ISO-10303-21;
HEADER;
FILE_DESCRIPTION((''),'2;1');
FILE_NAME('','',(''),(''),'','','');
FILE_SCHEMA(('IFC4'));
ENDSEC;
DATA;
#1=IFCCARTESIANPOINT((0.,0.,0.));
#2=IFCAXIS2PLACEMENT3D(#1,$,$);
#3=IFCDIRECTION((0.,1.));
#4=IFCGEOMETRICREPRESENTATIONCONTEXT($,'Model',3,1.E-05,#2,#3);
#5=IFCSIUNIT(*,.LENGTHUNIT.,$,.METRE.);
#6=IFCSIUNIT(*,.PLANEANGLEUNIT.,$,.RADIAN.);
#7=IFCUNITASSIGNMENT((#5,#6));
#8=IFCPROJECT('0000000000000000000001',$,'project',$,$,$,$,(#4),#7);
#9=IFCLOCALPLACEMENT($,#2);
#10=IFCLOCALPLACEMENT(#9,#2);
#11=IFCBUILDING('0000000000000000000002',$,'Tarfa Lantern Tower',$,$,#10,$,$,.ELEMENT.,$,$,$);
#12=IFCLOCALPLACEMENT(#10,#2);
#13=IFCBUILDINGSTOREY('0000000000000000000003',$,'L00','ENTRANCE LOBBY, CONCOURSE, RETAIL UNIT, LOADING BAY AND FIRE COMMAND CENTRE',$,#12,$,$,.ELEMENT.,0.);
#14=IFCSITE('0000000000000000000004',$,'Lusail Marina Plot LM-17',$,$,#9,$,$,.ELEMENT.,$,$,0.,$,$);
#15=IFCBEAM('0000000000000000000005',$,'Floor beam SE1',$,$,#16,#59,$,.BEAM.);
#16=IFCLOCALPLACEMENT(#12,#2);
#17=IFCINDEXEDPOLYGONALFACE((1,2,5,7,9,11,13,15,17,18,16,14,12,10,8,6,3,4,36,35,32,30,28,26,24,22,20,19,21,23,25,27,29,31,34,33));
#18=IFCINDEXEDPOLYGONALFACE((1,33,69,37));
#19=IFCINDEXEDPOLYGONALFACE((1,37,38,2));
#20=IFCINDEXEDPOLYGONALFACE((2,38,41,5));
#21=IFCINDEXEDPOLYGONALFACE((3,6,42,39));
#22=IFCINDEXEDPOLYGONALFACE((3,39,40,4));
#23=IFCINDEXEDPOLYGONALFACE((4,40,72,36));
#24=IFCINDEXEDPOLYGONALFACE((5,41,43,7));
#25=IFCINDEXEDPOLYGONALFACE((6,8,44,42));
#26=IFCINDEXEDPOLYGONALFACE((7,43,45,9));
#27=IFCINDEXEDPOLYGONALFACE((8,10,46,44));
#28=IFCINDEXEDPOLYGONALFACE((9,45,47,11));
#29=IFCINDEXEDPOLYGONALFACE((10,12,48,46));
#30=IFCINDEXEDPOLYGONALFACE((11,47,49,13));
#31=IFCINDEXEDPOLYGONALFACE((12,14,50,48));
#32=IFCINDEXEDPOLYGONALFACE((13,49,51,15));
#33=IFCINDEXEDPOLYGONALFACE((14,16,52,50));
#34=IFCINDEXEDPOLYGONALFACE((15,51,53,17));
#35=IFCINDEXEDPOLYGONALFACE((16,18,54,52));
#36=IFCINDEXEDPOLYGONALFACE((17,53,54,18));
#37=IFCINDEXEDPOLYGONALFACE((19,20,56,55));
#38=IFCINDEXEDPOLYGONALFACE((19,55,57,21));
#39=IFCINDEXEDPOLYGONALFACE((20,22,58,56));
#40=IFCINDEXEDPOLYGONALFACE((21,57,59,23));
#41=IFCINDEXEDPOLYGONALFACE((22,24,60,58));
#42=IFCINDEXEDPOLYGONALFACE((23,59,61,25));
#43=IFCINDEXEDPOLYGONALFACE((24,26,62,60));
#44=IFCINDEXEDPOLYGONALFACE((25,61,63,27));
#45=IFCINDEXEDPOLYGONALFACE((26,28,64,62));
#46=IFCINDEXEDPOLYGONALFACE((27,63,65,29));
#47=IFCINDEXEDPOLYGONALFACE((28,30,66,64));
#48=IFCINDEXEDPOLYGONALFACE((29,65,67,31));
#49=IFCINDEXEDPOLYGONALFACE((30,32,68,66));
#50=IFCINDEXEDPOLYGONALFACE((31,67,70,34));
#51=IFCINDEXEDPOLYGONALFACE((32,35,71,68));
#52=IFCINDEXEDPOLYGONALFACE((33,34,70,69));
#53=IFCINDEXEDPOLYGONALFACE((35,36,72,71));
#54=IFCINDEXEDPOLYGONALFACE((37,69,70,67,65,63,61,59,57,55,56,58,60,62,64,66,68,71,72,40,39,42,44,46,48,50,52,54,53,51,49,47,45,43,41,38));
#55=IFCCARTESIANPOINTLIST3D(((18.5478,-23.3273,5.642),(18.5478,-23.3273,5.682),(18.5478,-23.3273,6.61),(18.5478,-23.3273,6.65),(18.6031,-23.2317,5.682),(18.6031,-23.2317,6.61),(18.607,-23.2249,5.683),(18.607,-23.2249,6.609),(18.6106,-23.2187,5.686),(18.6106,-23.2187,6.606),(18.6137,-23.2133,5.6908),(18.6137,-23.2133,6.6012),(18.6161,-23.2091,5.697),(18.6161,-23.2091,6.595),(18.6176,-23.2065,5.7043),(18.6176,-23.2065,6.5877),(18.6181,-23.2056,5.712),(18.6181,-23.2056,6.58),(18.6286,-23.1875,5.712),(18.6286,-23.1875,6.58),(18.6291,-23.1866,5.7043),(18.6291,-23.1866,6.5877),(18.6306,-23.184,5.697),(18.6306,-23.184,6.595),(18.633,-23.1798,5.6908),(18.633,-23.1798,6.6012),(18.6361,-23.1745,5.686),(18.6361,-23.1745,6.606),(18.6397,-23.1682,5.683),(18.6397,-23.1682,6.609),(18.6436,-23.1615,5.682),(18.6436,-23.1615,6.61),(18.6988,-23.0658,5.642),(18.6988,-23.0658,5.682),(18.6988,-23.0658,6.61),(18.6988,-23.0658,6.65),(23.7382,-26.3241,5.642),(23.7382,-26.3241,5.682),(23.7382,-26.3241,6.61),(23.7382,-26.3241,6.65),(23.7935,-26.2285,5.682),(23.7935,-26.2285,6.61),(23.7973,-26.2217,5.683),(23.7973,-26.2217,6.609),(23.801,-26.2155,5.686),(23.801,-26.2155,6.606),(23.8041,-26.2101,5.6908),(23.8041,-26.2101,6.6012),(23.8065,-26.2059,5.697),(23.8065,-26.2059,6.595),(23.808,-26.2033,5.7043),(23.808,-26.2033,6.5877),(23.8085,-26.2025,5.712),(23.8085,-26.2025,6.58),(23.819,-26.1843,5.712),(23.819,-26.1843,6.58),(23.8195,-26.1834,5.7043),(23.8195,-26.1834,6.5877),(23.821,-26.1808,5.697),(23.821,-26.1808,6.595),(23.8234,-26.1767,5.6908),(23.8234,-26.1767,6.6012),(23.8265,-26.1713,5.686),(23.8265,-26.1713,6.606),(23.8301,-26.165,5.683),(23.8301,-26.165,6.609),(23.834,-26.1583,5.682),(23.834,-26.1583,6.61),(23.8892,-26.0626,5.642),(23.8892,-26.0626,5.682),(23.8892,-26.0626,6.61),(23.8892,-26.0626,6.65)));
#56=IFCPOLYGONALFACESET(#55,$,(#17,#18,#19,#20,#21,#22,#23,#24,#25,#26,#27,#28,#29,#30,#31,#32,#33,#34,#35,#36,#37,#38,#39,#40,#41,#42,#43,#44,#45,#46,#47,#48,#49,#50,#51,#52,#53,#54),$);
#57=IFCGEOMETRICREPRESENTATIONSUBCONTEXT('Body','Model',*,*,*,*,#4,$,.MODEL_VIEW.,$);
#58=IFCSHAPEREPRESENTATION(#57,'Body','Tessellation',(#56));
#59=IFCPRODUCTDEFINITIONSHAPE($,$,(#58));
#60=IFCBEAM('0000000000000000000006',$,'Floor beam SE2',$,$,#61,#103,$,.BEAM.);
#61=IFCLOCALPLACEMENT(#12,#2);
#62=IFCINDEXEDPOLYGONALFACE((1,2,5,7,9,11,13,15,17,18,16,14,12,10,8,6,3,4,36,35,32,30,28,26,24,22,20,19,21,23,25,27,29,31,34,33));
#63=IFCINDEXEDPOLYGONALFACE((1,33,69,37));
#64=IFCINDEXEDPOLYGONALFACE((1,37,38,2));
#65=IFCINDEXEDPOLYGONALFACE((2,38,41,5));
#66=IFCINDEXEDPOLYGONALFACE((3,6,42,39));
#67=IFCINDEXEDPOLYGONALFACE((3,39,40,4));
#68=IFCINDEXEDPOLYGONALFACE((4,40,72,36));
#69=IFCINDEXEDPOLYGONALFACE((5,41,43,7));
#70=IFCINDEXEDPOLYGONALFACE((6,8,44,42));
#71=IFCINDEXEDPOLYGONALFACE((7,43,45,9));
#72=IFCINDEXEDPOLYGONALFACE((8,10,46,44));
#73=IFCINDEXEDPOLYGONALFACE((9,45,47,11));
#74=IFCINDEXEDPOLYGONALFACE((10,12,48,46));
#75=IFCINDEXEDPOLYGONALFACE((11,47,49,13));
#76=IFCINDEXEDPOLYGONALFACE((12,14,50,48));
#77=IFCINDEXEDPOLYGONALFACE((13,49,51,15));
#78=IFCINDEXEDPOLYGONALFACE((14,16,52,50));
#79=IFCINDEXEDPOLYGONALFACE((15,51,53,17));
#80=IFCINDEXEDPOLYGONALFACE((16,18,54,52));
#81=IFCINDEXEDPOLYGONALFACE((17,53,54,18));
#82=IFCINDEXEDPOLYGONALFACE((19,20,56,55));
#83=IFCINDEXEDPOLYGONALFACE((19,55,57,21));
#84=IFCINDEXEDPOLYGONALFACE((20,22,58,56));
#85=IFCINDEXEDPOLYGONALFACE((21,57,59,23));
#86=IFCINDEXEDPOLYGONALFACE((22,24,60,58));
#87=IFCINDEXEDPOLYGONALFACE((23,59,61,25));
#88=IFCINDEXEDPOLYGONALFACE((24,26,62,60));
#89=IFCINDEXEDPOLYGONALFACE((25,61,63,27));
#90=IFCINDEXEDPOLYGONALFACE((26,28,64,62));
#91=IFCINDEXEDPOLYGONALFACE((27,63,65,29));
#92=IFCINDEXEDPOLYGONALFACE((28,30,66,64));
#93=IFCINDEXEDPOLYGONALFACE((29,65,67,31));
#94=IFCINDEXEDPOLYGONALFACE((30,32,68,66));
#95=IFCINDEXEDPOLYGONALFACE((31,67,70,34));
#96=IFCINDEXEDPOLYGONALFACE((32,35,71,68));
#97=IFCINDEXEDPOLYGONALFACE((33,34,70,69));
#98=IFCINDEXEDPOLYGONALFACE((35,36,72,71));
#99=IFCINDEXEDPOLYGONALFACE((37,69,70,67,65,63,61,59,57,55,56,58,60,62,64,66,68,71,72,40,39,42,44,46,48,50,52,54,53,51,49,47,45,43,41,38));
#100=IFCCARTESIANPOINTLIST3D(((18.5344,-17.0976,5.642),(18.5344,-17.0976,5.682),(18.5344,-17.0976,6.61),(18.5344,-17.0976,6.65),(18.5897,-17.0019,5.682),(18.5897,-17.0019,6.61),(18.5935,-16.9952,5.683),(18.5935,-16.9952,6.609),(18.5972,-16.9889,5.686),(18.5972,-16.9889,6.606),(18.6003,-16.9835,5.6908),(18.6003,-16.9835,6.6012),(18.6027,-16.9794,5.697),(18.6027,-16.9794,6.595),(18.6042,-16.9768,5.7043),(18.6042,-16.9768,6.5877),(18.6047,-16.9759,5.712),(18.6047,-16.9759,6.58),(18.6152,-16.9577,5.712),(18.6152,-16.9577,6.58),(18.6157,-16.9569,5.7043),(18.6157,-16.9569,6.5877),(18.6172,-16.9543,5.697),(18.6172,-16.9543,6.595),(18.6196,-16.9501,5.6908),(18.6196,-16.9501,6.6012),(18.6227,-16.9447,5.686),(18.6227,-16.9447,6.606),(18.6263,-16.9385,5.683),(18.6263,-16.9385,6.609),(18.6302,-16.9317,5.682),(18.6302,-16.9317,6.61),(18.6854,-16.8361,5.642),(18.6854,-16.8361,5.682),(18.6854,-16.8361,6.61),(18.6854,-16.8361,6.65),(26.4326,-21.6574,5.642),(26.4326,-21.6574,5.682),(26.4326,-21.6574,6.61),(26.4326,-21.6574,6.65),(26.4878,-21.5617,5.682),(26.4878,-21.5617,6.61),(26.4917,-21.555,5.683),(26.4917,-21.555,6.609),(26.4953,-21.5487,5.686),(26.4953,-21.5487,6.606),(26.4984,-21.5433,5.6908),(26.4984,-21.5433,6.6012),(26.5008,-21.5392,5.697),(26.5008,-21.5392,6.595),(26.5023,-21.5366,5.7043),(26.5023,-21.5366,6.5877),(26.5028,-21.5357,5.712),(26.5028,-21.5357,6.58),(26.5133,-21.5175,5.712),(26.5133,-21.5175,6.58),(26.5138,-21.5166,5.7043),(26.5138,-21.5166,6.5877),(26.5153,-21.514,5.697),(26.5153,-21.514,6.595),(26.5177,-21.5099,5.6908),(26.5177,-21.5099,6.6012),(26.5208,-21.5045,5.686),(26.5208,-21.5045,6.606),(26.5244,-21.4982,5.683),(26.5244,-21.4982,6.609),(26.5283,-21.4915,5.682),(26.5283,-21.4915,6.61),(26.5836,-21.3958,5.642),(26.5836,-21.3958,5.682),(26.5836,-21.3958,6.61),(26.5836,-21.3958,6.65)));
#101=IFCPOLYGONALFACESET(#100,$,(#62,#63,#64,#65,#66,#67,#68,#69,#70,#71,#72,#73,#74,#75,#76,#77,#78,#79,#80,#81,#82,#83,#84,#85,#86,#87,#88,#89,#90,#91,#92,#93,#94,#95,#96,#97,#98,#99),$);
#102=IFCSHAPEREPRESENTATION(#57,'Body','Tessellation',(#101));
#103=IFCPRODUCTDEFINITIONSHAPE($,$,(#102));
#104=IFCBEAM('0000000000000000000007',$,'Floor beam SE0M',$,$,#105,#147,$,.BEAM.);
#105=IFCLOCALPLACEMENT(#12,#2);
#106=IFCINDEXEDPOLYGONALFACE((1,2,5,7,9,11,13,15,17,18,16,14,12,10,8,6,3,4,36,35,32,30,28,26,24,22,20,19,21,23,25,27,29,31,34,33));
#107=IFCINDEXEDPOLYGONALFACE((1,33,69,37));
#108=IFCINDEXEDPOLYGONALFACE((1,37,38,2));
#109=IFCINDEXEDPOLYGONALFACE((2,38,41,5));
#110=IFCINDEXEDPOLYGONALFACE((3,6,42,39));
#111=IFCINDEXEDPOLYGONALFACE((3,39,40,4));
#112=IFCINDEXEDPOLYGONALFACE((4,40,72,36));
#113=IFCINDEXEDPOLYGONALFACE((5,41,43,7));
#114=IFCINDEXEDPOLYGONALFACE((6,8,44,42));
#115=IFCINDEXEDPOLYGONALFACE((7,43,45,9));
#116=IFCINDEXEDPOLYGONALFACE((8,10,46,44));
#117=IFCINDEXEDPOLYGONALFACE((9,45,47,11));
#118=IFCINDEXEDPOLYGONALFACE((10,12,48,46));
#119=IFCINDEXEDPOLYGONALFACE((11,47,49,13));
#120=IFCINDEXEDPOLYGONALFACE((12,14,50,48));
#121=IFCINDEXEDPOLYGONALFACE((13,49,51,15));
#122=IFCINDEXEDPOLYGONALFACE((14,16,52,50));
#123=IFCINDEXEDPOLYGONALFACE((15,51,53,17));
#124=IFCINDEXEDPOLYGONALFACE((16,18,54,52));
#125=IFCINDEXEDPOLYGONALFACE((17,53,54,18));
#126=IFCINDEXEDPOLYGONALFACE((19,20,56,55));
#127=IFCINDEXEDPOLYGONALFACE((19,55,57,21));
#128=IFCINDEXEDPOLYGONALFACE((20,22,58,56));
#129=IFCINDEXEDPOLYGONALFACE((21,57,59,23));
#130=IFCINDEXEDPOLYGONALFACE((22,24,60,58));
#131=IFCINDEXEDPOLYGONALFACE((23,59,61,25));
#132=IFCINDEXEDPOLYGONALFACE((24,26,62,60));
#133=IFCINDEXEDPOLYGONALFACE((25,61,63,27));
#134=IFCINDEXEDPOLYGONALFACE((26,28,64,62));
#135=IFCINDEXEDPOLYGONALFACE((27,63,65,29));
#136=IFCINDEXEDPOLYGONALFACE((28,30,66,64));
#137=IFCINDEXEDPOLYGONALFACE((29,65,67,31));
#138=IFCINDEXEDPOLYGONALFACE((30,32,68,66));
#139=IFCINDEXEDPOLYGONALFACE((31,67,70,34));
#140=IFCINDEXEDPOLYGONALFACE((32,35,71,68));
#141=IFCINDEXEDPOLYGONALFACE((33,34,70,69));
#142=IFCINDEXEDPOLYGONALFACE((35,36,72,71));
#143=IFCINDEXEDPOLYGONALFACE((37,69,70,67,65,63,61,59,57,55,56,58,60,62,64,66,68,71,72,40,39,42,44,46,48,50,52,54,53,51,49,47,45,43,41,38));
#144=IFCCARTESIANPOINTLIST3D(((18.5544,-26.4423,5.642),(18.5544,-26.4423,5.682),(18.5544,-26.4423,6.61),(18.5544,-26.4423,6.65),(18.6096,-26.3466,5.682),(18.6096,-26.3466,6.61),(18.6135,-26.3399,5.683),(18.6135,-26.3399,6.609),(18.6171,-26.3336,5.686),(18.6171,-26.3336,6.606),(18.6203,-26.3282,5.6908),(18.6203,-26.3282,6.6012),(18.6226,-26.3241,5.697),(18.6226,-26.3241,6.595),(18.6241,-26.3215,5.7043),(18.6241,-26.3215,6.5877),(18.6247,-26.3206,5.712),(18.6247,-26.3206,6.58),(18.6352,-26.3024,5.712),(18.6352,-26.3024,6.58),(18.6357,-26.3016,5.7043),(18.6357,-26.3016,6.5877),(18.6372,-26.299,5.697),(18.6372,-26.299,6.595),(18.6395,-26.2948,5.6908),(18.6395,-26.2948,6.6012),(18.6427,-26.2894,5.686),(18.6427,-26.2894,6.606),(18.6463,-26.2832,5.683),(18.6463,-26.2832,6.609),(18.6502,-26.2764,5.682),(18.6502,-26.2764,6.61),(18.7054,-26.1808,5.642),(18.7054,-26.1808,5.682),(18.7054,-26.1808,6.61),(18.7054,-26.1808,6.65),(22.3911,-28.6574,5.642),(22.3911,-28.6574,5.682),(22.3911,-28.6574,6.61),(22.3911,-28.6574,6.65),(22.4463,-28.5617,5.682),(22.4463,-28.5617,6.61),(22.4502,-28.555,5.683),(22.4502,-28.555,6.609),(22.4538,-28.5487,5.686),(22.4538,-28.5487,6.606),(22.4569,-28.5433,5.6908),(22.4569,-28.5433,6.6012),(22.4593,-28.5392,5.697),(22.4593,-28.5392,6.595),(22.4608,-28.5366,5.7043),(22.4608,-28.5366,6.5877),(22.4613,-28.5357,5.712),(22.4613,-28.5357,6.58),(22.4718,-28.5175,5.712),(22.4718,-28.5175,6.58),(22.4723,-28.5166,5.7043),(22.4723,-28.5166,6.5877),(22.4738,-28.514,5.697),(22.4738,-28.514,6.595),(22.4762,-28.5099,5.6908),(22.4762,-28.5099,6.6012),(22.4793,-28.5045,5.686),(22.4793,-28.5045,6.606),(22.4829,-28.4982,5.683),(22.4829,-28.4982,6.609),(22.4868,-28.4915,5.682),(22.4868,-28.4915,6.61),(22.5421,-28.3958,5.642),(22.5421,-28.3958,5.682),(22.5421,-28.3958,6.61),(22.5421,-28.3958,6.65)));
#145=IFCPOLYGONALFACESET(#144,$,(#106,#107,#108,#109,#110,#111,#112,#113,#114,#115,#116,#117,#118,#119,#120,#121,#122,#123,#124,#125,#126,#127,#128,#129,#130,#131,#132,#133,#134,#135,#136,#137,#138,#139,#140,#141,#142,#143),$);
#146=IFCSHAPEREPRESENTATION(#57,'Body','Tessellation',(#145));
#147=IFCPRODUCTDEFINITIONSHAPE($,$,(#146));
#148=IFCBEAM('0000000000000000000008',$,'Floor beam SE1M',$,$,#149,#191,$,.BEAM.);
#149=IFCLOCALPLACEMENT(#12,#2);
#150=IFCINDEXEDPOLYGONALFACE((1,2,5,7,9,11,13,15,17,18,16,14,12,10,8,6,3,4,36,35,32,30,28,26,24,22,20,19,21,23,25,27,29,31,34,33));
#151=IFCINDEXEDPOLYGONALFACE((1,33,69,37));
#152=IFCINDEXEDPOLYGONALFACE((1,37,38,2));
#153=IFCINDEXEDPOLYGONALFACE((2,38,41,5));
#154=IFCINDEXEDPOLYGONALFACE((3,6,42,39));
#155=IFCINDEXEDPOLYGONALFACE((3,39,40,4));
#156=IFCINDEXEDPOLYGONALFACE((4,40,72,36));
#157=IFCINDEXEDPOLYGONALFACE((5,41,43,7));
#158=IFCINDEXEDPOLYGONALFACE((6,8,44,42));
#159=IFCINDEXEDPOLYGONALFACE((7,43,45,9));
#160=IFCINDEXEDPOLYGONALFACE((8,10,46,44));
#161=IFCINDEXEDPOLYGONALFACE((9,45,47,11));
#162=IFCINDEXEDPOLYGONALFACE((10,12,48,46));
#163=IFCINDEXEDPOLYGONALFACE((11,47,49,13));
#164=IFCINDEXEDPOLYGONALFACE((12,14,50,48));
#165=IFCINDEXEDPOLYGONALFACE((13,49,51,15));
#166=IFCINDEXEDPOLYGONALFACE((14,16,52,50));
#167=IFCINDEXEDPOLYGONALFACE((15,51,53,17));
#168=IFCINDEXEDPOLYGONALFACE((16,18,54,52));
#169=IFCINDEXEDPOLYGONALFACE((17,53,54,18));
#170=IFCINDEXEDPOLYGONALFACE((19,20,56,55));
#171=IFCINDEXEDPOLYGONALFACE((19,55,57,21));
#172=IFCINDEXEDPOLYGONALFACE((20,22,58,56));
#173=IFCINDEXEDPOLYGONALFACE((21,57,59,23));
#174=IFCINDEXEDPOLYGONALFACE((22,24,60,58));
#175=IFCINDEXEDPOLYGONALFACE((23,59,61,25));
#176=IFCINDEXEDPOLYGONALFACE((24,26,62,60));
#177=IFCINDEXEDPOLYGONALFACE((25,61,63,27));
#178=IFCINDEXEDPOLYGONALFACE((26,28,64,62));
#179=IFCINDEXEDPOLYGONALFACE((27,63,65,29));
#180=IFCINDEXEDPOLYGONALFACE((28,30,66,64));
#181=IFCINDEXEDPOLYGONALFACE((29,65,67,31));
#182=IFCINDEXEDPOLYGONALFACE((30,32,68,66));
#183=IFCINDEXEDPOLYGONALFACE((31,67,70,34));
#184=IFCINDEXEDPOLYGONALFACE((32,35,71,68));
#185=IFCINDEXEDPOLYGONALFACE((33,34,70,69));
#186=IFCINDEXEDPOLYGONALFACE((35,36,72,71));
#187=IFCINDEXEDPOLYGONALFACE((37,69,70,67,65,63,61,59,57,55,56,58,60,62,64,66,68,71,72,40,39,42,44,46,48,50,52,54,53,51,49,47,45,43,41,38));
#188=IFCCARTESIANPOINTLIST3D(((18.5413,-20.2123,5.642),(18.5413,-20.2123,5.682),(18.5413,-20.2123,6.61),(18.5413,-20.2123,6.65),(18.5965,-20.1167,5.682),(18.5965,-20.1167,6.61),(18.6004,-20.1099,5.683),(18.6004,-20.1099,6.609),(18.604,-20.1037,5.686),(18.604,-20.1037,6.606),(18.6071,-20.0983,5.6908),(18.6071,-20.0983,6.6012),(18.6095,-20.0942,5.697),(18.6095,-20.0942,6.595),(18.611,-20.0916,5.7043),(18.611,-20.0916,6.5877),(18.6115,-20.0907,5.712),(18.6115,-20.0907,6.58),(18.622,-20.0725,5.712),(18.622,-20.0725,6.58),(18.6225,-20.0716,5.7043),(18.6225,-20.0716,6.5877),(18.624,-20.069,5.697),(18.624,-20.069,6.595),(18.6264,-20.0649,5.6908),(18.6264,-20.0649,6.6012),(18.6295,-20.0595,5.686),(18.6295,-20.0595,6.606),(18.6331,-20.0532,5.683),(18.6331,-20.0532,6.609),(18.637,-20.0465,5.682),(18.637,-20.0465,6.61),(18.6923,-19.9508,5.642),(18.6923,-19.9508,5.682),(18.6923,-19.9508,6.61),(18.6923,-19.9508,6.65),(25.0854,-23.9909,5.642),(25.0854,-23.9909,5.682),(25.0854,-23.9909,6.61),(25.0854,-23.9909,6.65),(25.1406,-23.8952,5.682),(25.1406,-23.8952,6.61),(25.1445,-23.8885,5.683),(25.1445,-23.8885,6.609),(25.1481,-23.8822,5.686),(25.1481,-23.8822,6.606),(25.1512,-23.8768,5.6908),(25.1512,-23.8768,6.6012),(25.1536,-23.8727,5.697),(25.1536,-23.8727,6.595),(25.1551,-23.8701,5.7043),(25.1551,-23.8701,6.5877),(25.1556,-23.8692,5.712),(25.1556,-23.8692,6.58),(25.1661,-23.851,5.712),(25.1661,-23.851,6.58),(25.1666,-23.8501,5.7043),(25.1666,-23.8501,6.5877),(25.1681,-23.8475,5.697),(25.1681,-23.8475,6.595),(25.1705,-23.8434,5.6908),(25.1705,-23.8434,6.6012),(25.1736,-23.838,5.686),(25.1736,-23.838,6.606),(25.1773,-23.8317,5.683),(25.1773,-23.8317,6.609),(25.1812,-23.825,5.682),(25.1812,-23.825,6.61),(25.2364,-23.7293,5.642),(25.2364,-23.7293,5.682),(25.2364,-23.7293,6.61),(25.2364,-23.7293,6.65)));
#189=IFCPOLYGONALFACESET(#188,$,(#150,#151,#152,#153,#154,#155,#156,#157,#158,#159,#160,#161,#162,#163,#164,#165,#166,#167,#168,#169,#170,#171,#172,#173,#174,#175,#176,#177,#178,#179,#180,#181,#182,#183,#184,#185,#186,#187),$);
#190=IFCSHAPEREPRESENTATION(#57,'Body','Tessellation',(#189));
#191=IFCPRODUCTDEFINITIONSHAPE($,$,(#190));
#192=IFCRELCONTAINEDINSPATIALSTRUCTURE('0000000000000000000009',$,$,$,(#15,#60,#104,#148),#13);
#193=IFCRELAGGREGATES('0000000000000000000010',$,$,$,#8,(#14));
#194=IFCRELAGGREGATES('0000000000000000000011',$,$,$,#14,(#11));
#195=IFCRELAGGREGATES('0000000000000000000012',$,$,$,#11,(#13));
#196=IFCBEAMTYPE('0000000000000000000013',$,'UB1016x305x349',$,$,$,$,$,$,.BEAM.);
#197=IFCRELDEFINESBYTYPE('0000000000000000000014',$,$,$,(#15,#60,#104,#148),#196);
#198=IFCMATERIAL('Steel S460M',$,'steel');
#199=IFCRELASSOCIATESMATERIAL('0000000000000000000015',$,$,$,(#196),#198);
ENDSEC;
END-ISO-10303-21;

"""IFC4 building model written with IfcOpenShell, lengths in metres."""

from ifc_helpers import new_model, si_unit, direction, frame, origin, origin_2d, place, context, subcontext, project, spatial, i_section, extrude, material, material_profile, profile_set, type_object, element, save


model = new_model("IFC4")

# Units and contexts
model_context = context("Model", 3, precision=1e-05, world=origin(), true_north=direction((0.0, 1.0)))
body_context = subcontext(model_context, "Body", "Model", "MODEL_VIEW")
ifc_project = project(units=[si_unit("LENGTHUNIT", "METRE"), si_unit("PLANEANGLEUNIT", "RADIAN")], contexts=[model_context])

# Site, building, storey
site_placement = place(None, origin())
site = spatial("IfcSite", under=ifc_project, at=site_placement, Name="Lusail Marina Plot LM-17", CompositionType="ELEMENT", RefElevation=0.0)
building_placement = place(site_placement, origin())
building = spatial("IfcBuilding", under=site, at=building_placement, Name="Tarfa Lantern Tower", CompositionType="ELEMENT")
storey_placement = place(building_placement, origin())
storey = spatial("IfcBuildingStorey", under=building, at=storey_placement, Name="L00", Description="ENTRANCE LOBBY, CONCOURSE, RETAIL UNIT, LOADING BAY AND FIRE COMMAND CENTRE", CompositionType="ELEMENT", Elevation=0.0)

# Beams
ifc_material_1 = material(Name="Steel S460M", Category="steel")
ifc_material_profile_1 = material_profile(ifc_material_1, i_section(OverallWidth=0.302, OverallDepth=1.0081, WebThickness=0.021, FlangeThickness=0.04, FilletRadius=0.03, at=origin_2d()), Name="UB1016x305x349")
ifc_profile_set_1 = profile_set([ifc_material_profile_1], Name="Steel S460M")
beam_type_1 = type_object("IfcBeamType", Name="UB1016x305x349", PredefinedType="BEAM", material=ifc_profile_set_1)
beam_1_placement = place(storey_placement, frame((23.8137, -26.1934, 6.146), z_axis=(-0.866016, 0.500016, 0.0), x_axis=(-0.500016, -0.866016, 0.0)))
element("IfcBeam", 1, at=beam_1_placement, inside=storey, type_object=beam_type_1, Name="Floor beam SE1", PredefinedType="BEAM", context=body_context, shape_type="SweptSolid", body=[
    extrude(i_section(OverallWidth=0.302, OverallDepth=1.0081, WebThickness=0.021, FlangeThickness=0.04, FilletRadius=0.03, at=origin_2d()), origin(), (0.0, 0.0, 1.0), 5.9934),
])
beam_2_placement = place(storey_placement, frame((26.5081, -21.5266, 6.146), z_axis=(-0.866035, 0.499983, 0.0), x_axis=(-0.499983, -0.866035, 0.0)))
element("IfcBeam", 2, at=beam_2_placement, inside=storey, type_object=beam_type_1, Name="Floor beam SE2", PredefinedType="BEAM", context=body_context, shape_type="SweptSolid", body=[
    extrude(i_section(OverallWidth=0.302, OverallDepth=1.0081, WebThickness=0.021, FlangeThickness=0.04, FilletRadius=0.03, at=origin_2d()), origin(), (0.0, 0.0, 1.0), 9.1199),
])
beam_3_placement = place(storey_placement, frame((22.4666, -28.5266, 6.146), z_axis=(-0.866027, 0.499998, 0.0), x_axis=(-0.499998, -0.866027, 0.0)))
element("IfcBeam", 3, at=beam_3_placement, inside=storey, type_object=beam_type_1, Name="Floor beam SE0M", PredefinedType="BEAM", context=body_context, shape_type="SweptSolid", body=[
    extrude(i_section(OverallWidth=0.302, OverallDepth=1.0081, WebThickness=0.021, FlangeThickness=0.04, FilletRadius=0.03, at=origin_2d()), origin(), (0.0, 0.0, 1.0), 4.4302),
])
beam_4_placement = place(storey_placement, frame((25.1609, -23.8601, 6.146), z_axis=(-0.86601, 0.500027, 0.0), x_axis=(-0.500027, -0.86601, 0.0)))
element("IfcBeam", 4, at=beam_4_placement, inside=storey, type_object=beam_type_1, Name="Floor beam SE1M", PredefinedType="BEAM", context=body_context, shape_type="SweptSolid", body=[
    extrude(i_section(OverallWidth=0.302, OverallDepth=1.0081, WebThickness=0.021, FlangeThickness=0.04, FilletRadius=0.03, at=origin_2d()), origin(), (0.0, 0.0, 1.0), 7.5566),
])

save(model, "model.ifc")
